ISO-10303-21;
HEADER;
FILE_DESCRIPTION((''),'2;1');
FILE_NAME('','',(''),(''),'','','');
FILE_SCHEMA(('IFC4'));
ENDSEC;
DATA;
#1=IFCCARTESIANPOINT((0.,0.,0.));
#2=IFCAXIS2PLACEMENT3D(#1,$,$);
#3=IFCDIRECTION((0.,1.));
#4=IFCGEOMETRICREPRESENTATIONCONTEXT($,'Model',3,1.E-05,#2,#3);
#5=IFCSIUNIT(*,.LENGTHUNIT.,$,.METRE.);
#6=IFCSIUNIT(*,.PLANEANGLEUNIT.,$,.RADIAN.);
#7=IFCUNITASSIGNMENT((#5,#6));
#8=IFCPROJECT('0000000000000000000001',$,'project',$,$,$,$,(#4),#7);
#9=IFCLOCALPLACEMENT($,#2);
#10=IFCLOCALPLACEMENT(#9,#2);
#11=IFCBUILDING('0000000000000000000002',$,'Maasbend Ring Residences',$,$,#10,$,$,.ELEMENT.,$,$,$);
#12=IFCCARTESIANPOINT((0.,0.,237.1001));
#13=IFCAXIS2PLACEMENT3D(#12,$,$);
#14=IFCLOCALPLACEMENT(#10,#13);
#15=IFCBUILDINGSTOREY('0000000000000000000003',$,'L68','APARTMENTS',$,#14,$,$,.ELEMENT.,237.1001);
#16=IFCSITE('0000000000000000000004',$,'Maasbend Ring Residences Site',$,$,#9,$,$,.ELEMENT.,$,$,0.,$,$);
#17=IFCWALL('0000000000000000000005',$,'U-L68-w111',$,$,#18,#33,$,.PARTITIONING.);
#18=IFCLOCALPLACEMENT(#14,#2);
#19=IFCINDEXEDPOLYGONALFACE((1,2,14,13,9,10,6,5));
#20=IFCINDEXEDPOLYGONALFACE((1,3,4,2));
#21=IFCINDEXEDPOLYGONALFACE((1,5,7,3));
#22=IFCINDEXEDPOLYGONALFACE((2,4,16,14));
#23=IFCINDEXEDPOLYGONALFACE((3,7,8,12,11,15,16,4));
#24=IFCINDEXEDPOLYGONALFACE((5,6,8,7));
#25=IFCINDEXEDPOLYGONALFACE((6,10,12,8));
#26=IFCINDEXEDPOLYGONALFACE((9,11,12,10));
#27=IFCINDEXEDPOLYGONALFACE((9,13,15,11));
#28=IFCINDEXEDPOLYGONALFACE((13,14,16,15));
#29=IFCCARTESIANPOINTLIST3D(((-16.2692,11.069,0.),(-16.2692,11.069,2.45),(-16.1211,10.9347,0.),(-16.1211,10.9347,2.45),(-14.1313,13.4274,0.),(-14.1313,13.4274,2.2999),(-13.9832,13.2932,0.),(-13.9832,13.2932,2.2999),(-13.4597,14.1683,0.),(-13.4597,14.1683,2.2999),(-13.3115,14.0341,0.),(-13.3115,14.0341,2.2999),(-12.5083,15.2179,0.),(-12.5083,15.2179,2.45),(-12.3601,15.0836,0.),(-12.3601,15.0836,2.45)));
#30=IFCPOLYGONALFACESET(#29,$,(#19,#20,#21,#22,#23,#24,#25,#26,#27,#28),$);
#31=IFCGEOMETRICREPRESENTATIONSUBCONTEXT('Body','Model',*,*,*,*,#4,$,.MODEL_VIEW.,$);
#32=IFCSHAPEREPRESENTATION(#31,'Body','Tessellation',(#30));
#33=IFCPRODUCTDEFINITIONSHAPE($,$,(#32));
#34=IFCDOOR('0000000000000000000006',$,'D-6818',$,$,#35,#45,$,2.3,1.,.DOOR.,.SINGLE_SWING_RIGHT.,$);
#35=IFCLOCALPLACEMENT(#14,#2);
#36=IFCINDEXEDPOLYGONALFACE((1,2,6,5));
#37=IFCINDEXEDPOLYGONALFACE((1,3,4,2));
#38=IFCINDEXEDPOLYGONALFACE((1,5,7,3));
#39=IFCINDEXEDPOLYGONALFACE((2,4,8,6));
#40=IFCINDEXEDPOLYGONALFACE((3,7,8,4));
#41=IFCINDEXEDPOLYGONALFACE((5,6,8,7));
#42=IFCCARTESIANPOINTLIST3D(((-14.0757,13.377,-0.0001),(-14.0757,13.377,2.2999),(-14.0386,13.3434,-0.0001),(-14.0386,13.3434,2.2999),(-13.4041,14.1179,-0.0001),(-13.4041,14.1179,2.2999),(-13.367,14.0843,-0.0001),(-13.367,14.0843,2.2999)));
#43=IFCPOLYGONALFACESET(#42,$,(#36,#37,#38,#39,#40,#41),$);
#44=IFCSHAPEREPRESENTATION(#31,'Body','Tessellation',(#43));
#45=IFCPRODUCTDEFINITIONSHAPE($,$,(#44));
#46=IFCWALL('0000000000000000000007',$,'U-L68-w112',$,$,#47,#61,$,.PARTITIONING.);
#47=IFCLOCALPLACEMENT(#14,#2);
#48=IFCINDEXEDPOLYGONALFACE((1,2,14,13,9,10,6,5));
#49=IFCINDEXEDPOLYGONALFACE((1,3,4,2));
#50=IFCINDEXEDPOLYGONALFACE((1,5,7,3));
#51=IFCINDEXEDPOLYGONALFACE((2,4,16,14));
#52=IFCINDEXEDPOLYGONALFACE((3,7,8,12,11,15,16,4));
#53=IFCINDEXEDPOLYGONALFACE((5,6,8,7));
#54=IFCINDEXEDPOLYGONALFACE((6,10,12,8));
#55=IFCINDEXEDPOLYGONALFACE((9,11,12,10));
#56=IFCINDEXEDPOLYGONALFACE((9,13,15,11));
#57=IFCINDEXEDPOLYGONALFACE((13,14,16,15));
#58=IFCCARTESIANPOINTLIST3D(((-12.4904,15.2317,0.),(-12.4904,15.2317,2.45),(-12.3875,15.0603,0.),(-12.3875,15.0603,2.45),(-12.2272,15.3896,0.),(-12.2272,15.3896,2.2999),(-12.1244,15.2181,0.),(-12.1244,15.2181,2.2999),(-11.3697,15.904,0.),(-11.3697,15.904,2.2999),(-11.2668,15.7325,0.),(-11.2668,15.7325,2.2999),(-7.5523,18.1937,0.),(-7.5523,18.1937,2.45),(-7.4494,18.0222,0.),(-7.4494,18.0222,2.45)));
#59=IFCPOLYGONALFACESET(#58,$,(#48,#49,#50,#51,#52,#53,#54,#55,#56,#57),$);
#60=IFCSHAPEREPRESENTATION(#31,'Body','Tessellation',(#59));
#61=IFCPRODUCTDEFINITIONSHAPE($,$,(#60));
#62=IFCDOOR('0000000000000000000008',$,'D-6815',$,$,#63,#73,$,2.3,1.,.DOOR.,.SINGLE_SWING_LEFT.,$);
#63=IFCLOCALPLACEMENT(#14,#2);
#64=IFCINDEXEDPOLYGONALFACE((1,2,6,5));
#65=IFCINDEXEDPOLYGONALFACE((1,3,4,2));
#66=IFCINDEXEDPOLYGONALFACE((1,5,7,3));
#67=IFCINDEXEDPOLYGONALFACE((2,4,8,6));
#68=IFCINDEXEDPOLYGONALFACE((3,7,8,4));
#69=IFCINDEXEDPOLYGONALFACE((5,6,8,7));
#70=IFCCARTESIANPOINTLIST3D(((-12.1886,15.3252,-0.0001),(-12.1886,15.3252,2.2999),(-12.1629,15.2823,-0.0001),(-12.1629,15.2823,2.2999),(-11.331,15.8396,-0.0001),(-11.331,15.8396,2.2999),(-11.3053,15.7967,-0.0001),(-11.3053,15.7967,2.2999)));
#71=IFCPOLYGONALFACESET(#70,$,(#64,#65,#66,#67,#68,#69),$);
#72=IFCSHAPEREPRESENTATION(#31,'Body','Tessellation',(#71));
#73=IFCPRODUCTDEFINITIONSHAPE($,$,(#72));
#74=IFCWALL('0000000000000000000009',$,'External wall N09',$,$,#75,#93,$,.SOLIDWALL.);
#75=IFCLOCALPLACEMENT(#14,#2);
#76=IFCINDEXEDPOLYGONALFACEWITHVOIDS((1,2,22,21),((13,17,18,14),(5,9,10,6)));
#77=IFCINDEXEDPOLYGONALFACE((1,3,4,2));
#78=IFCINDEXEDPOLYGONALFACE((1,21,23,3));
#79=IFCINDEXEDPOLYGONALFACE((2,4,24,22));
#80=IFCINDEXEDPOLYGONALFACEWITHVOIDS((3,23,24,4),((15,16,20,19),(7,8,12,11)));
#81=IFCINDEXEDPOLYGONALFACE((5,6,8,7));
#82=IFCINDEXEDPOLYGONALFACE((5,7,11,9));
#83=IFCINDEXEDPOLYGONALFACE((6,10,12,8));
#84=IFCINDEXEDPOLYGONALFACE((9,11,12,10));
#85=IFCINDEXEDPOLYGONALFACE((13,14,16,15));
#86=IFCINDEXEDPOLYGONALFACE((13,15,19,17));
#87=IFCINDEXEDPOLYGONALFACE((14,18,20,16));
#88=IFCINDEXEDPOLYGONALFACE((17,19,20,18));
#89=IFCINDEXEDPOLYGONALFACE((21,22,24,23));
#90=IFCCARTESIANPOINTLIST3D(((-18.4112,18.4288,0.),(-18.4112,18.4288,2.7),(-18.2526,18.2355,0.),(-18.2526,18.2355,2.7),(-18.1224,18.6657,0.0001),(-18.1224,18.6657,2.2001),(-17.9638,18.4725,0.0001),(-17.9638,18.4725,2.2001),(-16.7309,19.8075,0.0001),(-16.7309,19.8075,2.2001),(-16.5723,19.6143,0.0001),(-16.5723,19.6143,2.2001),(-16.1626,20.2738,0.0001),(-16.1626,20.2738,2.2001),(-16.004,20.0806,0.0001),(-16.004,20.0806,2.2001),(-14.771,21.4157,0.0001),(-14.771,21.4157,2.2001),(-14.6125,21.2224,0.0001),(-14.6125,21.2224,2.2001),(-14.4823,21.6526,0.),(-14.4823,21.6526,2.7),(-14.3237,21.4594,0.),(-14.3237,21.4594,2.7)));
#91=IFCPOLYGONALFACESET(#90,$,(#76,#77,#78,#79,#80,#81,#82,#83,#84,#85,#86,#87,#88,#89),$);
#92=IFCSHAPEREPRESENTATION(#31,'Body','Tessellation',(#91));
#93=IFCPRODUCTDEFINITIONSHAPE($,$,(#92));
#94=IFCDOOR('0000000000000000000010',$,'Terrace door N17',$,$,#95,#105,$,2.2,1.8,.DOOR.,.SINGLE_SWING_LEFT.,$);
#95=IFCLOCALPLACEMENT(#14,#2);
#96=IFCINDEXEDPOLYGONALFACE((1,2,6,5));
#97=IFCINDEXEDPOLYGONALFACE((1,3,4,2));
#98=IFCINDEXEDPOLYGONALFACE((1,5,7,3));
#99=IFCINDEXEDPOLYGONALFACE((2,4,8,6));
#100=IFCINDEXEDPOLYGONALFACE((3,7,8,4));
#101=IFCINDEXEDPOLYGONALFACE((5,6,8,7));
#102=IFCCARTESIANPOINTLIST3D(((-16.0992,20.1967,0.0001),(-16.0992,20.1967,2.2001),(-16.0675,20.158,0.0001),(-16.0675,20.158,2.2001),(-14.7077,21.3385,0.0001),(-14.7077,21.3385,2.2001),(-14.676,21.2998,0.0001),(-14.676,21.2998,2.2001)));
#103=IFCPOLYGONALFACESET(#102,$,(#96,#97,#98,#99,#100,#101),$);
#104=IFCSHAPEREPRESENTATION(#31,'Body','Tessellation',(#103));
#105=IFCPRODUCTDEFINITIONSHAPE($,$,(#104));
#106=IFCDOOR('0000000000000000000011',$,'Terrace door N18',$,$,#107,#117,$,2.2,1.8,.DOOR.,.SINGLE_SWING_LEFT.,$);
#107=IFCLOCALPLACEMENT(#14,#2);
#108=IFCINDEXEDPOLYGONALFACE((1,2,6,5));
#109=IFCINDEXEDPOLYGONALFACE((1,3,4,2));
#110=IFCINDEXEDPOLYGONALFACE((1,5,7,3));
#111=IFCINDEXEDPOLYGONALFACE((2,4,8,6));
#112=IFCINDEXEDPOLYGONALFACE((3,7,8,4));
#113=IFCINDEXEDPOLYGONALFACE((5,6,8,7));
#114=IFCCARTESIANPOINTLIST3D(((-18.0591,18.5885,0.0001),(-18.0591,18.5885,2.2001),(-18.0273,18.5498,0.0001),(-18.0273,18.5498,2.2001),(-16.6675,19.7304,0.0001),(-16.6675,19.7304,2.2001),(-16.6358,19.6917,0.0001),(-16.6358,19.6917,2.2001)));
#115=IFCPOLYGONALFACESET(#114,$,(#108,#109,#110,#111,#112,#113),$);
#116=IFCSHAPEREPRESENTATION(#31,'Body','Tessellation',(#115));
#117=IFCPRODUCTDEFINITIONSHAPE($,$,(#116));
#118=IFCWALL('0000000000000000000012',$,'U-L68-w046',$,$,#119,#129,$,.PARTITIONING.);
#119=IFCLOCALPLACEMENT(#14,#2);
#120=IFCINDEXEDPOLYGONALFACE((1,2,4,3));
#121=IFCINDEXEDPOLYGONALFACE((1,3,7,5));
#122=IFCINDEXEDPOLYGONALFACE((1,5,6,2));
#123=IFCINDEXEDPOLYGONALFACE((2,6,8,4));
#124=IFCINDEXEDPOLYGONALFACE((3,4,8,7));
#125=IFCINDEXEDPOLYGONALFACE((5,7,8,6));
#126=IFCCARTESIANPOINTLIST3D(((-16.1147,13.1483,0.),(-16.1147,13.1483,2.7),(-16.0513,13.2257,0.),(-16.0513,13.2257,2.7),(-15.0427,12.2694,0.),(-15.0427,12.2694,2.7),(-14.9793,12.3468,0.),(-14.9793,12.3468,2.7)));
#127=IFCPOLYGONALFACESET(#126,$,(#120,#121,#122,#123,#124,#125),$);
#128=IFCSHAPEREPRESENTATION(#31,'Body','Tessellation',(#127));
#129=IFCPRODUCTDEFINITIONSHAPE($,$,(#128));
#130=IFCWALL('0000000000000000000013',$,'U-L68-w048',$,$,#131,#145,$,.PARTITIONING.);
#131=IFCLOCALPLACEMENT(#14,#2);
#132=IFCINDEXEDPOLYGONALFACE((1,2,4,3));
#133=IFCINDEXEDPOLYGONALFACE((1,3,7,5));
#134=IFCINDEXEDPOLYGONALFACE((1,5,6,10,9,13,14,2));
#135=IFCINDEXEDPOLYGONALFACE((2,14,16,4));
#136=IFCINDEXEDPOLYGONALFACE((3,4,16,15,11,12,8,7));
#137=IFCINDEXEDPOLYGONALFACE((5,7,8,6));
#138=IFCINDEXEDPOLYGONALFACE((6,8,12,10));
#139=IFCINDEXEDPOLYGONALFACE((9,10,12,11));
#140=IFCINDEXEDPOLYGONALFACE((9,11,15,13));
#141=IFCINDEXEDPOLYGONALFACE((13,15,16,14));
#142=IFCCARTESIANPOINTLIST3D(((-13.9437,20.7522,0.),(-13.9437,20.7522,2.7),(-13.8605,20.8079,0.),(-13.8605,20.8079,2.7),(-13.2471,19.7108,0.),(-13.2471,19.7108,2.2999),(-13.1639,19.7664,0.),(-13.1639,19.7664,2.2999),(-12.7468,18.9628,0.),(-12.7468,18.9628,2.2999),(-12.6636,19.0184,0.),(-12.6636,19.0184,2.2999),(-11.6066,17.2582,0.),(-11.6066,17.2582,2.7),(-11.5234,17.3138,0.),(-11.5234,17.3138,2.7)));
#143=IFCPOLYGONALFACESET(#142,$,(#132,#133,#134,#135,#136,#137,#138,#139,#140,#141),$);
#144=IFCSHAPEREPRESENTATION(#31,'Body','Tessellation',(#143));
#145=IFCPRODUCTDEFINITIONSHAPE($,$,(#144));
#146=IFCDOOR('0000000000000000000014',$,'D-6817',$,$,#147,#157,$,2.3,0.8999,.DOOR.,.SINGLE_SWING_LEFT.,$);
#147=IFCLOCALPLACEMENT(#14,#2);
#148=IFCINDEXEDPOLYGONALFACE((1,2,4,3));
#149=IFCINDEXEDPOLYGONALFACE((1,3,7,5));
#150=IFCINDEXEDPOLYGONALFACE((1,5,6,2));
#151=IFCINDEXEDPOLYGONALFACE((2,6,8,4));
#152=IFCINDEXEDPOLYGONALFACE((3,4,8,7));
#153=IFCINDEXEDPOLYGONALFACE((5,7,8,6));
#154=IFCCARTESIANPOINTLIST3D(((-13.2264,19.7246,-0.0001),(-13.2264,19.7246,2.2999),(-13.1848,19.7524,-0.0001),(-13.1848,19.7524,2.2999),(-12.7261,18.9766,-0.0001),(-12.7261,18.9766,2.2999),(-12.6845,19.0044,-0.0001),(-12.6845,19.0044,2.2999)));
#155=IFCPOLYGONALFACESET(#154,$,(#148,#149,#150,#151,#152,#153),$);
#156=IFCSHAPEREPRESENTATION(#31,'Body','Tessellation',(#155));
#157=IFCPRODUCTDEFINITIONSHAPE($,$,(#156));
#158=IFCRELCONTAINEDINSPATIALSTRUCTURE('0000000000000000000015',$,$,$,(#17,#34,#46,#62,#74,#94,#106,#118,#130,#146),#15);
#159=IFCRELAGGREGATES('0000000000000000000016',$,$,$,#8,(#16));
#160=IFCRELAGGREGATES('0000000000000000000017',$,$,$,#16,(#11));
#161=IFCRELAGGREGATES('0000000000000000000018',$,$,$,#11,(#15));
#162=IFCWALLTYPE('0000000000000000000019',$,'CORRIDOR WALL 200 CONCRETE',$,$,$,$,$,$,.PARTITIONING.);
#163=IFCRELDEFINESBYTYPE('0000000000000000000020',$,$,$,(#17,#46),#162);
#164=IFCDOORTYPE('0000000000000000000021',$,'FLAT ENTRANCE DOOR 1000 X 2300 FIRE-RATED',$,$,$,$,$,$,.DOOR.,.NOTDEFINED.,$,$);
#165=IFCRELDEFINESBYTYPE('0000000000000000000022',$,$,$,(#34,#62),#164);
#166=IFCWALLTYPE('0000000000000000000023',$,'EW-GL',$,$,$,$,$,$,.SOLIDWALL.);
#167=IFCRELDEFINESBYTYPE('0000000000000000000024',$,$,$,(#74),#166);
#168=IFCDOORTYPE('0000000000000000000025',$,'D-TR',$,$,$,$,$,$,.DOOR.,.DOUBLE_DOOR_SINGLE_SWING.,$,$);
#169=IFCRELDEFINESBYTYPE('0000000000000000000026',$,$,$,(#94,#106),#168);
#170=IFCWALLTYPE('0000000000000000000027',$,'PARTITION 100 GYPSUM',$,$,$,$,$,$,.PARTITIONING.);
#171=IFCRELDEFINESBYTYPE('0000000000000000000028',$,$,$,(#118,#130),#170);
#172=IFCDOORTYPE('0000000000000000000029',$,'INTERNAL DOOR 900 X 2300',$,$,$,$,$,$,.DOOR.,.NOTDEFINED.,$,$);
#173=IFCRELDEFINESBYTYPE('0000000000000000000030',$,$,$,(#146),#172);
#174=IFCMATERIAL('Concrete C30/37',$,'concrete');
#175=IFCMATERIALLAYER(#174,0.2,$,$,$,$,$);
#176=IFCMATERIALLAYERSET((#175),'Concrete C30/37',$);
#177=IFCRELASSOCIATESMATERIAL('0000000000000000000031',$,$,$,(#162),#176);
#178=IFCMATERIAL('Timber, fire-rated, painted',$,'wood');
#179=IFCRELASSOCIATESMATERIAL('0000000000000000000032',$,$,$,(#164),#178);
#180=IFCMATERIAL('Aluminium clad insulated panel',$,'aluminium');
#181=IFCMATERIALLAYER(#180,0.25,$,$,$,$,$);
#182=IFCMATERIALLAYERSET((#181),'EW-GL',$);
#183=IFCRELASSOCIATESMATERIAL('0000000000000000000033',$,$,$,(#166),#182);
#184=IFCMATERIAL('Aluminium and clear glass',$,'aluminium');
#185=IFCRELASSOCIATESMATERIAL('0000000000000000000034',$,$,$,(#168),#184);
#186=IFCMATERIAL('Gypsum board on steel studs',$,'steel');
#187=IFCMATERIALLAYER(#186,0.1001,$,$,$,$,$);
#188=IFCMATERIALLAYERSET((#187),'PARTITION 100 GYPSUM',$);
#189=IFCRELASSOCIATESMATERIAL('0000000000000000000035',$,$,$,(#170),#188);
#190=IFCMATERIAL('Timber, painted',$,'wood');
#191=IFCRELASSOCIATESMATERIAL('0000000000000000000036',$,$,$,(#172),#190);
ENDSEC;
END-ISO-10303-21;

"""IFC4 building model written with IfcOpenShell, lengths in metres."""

from ifc_helpers import new_model, si_unit, direction, frame, frame_2d, origin, place, context, subcontext, project, spatial, rectangle, extrude, material, layer, layer_set, type_object, element, fill, save


model = new_model("IFC4")

# Units and contexts
model_context = context("Model", 3, precision=1e-05, world=origin(), true_north=direction((0.0, 1.0)))
body_context = subcontext(model_context, "Body", "Model", "MODEL_VIEW")
ifc_project = project(units=[si_unit("LENGTHUNIT", "METRE"), si_unit("PLANEANGLEUNIT", "RADIAN")], contexts=[model_context])

# Site, building, storey
site_placement = place(None, origin())
site = spatial("IfcSite", under=ifc_project, at=site_placement, Name="Maasbend Ring Residences Site", CompositionType="ELEMENT", RefElevation=0.0)
building_placement = place(site_placement, origin())
building = spatial("IfcBuilding", under=site, at=building_placement, Name="Maasbend Ring Residences", CompositionType="ELEMENT")
storey_placement = place(building_placement, frame((0.0, 0.0, 237.1001)))
storey = spatial("IfcBuildingStorey", under=building, at=storey_placement, Name="L68", Description="APARTMENTS", CompositionType="ELEMENT", Elevation=237.1001)

# Walls, openings, doors
ifc_material_1 = material(Name="Concrete C30/37", Category="concrete")
ifc_layer_1 = layer(ifc_material_1, 0.2)
ifc_layer_set_1 = layer_set([ifc_layer_1], Name="Concrete C30/37")
wall_type_1 = type_object("IfcWallType", Name="CORRIDOR WALL 200 CONCRETE", PredefinedType="PARTITIONING", material=ifc_layer_set_1)
wall_1_placement = place(storey_placement, frame((-16.1951, 11.002, 0.0), z_axis=(0.0, 0.0, 1.0), x_axis=(0.67162, 0.740896, 0.0)))
wall_1 = element("IfcWall", 1, at=wall_1_placement, inside=storey, type_object=wall_type_1, Name="U-L68-w111", PredefinedType="PARTITIONING", context=body_context, shape_type="SweptSolid", body=[
    extrude(rectangle(XDim=5.5999, YDim=0.2, at=frame_2d((2.7998, 0.0))), origin(), (0.0, 0.0, 1.0), 2.45),
])
opening_1_placement = place(wall_1_placement, frame((3.1831, 0.0, 0.0)))
opening_1 = element("IfcOpeningElement", 2, at=opening_1_placement, cuts=wall_1, PredefinedType="OPENING", context=body_context, shape_type="SweptSolid", body=[
    extrude(rectangle(XDim=1.0, YDim=2.3, at=frame_2d((0.5, 1.1499))), frame((0.0, 0.1099, 0.0), z_axis=(0.0, -1.0, 0.0), x_axis=(1.0, 0.0, 0.0)), (0.0, 0.0, 1.0), 0.22),
])
ifc_material_2 = material(Name="Timber, fire-rated, painted", Category="wood")
door_type_1 = type_object("IfcDoorType", Name="FLAT ENTRANCE DOOR 1000 X 2300 FIRE-RATED", OperationType="NOTDEFINED", PredefinedType="DOOR", material=ifc_material_2)
door_1_placement = place(opening_1_placement, origin())
door_1 = element("IfcDoor", 3, at=door_1_placement, inside=storey, type_object=door_type_1, Name="D-6818", OperationType="SINGLE_SWING_RIGHT", OverallHeight=2.3, OverallWidth=1.0, PredefinedType="DOOR", context=body_context, shape_type="SweptSolid", body=[
    extrude(rectangle(XDim=1.0, YDim=2.3, at=frame_2d((0.5, 1.1499))), frame((0.0, 0.0249, 0.0), z_axis=(0.0, -1.0, 0.0), x_axis=(1.0, 0.0, 0.0)), (0.0, 0.0, 1.0), 0.05),
])
fill(opening_1, door_1)
wall_2_placement = place(storey_placement, frame((-12.439, 15.146, 0.0), z_axis=(0.0, 0.0, 1.0), x_axis=(0.85756, 0.514384, 0.0)))
wall_2 = element("IfcWall", 4, at=wall_2_placement, inside=storey, type_object=wall_type_1, Name="U-L68-w112", PredefinedType="PARTITIONING", context=body_context, shape_type="SweptSolid", body=[
    extrude(rectangle(XDim=5.7583, YDim=0.2, at=frame_2d((2.8792, 0.0))), origin(), (0.0, 0.0, 1.0), 2.45),
])
opening_2_placement = place(wall_2_placement, frame((0.3069, 0.0, 0.0)))
opening_2 = element("IfcOpeningElement", 5, at=opening_2_placement, cuts=wall_2, PredefinedType="OPENING", context=body_context, shape_type="SweptSolid", body=[
    extrude(rectangle(XDim=1.0, YDim=2.3, at=frame_2d((0.5, 1.1499))), frame((0.0, 0.1099, 0.0), z_axis=(0.0, -1.0, 0.0), x_axis=(1.0, 0.0, 0.0)), (0.0, 0.0, 1.0), 0.22),
])
door_2_placement = place(opening_2_placement, origin())
door_2 = element("IfcDoor", 6, at=door_2_placement, inside=storey, type_object=door_type_1, Name="D-6815", OperationType="SINGLE_SWING_LEFT", OverallHeight=2.3, OverallWidth=1.0, PredefinedType="DOOR", context=body_context, shape_type="SweptSolid", body=[
    extrude(rectangle(XDim=1.0, YDim=2.3, at=frame_2d((0.5, 1.1499))), frame((0.0, 0.0249, 0.0), z_axis=(0.0, -1.0, 0.0), x_axis=(1.0, 0.0, 0.0)), (0.0, 0.0, 1.0), 0.05),
])
fill(opening_2, door_2)

# Wall, openings, doors
ifc_material_3 = material(Name="Aluminium clad insulated panel", Category="aluminium")
ifc_layer_2 = layer(ifc_material_3, 0.25)
ifc_layer_set_2 = layer_set([ifc_layer_2], Name="EW-GL")
wall_type_2 = type_object("IfcWallType", Name="EW-GL", PredefinedType="SOLIDWALL", material=ifc_layer_set_2)
wall_3_placement = place(storey_placement, frame((-14.4031, 21.5559, 0.0), z_axis=(0.0, 0.0, 1.0), x_axis=(-0.773062, -0.634331, 0.0)))
wall_3 = element("IfcWall", 7, at=wall_3_placement, inside=storey, type_object=wall_type_2, Name="External wall N09", PredefinedType="SOLIDWALL", context=body_context, shape_type="SweptSolid", body=[
    extrude(rectangle(XDim=5.0823, YDim=0.25, at=frame_2d((2.541, 0.0))), origin(), (0.0, 0.0, 1.0), 2.7),
])
opening_3_placement = place(wall_3_placement, frame((0.3735, 0.0, 0.0)))
opening_3 = element("IfcOpeningElement", 8, at=opening_3_placement, cuts=wall_3, PredefinedType="OPENING", context=body_context, shape_type="SweptSolid", body=[
    extrude(rectangle(XDim=1.8, YDim=2.2, at=frame_2d((0.8999, 1.1001))), frame((0.0, 0.135, 0.0), z_axis=(0.0, -1.0, 0.0), x_axis=(1.0, 0.0, 0.0)), (0.0, 0.0, 1.0), 0.27),
])
opening_4_placement = place(wall_3_placement, frame((2.9087, 0.0, 0.0)))
opening_4 = element("IfcOpeningElement", 9, at=opening_4_placement, cuts=wall_3, PredefinedType="OPENING", context=body_context, shape_type="SweptSolid", body=[
    extrude(rectangle(XDim=1.8, YDim=2.2, at=frame_2d((0.8999, 1.1001))), frame((0.0, 0.135, 0.0), z_axis=(0.0, -1.0, 0.0), x_axis=(1.0, 0.0, 0.0)), (0.0, 0.0, 1.0), 0.27),
])
ifc_material_4 = material(Name="Aluminium and clear glass", Category="aluminium")
door_type_2 = type_object("IfcDoorType", Name="D-TR", OperationType="DOUBLE_DOOR_SINGLE_SWING", PredefinedType="DOOR", material=ifc_material_4)
door_3_placement = place(opening_3_placement, origin())
door_3 = element("IfcDoor", 10, at=door_3_placement, inside=storey, type_object=door_type_2, Name="Terrace door N17", OperationType="SINGLE_SWING_LEFT", OverallHeight=2.2, OverallWidth=1.8, PredefinedType="DOOR", context=body_context, shape_type="SweptSolid", body=[
    extrude(rectangle(XDim=1.8, YDim=2.2, at=frame_2d((0.8999, 1.1001))), frame((0.0, 0.0249, 0.0), z_axis=(0.0, -1.0, 0.0), x_axis=(1.0, 0.0, 0.0)), (0.0, 0.0, 1.0), 0.05),
])
fill(opening_3, door_3)
door_4_placement = place(opening_4_placement, origin())
door_4 = element("IfcDoor", 11, at=door_4_placement, inside=storey, type_object=door_type_2, Name="Terrace door N18", OperationType="SINGLE_SWING_LEFT", OverallHeight=2.2, OverallWidth=1.8, PredefinedType="DOOR", context=body_context, shape_type="SweptSolid", body=[
    extrude(rectangle(XDim=1.8, YDim=2.2, at=frame_2d((0.8999, 1.1001))), frame((0.0, 0.0249, 0.0), z_axis=(0.0, -1.0, 0.0), x_axis=(1.0, 0.0, 0.0)), (0.0, 0.0, 1.0), 0.05),
])
fill(opening_4, door_4)

# Wall
ifc_material_5 = material(Name="Gypsum board on steel studs", Category="steel")
ifc_layer_3 = layer(ifc_material_5, 0.1001)
ifc_layer_set_3 = layer_set([ifc_layer_3], Name="PARTITION 100 GYPSUM")
wall_type_3 = type_object("IfcWallType", Name="PARTITION 100 GYPSUM", PredefinedType="PARTITIONING", material=ifc_layer_set_3)
wall_4_placement = place(storey_placement, frame((-16.083, 13.187, 0.0), z_axis=(0.0, 0.0, 1.0), x_axis=(0.773321, -0.634014, 0.0)))
element("IfcWall", 12, at=wall_4_placement, inside=storey, type_object=wall_type_3, Name="U-L68-w046", PredefinedType="PARTITIONING", context=body_context, shape_type="SweptSolid", body=[
    extrude(rectangle(XDim=1.3862, YDim=0.1001, at=frame_2d((0.6931, 0.0))), origin(), (0.0, 0.0, 1.0), 2.7),
])

# Wall, opening, door
wall_5_placement = place(storey_placement, frame((-13.9021, 20.78, 0.0), z_axis=(0.0, 0.0, 1.0), x_axis=(0.555973, -0.8312, 0.0)))
wall_5 = element("IfcWall", 13, at=wall_5_placement, inside=storey, type_object=wall_type_3, Name="U-L68-w048", PredefinedType="PARTITIONING", context=body_context, shape_type="SweptSolid", body=[
    extrude(rectangle(XDim=4.2036, YDim=0.1001, at=frame_2d((2.1018, 0.0))), origin(), (0.0, 0.0, 1.0), 2.7),
])
opening_5_placement = place(wall_5_placement, frame((1.2529, 0.0, 0.0)))
opening_5 = element("IfcOpeningElement", 14, at=opening_5_placement, cuts=wall_5, PredefinedType="OPENING", context=body_context, shape_type="SweptSolid", body=[
    extrude(rectangle(XDim=0.8999, YDim=2.3, at=frame_2d((0.45, 1.1499))), frame((0.0, 0.0601, 0.0), z_axis=(0.0, -1.0, 0.0), x_axis=(1.0, 0.0, 0.0)), (0.0, 0.0, 1.0), 0.1201),
])
ifc_material_6 = material(Name="Timber, painted", Category="wood")
door_type_3 = type_object("IfcDoorType", Name="INTERNAL DOOR 900 X 2300", OperationType="NOTDEFINED", PredefinedType="DOOR", material=ifc_material_6)
door_5_placement = place(opening_5_placement, origin())
door_5 = element("IfcDoor", 15, at=door_5_placement, inside=storey, type_object=door_type_3, Name="D-6817", OperationType="SINGLE_SWING_LEFT", OverallHeight=2.3, OverallWidth=0.8999, PredefinedType="DOOR", context=body_context, shape_type="SweptSolid", body=[
    extrude(rectangle(XDim=0.8999, YDim=2.3, at=frame_2d((0.45, 1.1499))), frame((0.0, 0.0249, 0.0), z_axis=(0.0, -1.0, 0.0), x_axis=(1.0, 0.0, 0.0)), (0.0, 0.0, 1.0), 0.05),
])
fill(opening_5, door_5)

save(model, "model.ifc")
